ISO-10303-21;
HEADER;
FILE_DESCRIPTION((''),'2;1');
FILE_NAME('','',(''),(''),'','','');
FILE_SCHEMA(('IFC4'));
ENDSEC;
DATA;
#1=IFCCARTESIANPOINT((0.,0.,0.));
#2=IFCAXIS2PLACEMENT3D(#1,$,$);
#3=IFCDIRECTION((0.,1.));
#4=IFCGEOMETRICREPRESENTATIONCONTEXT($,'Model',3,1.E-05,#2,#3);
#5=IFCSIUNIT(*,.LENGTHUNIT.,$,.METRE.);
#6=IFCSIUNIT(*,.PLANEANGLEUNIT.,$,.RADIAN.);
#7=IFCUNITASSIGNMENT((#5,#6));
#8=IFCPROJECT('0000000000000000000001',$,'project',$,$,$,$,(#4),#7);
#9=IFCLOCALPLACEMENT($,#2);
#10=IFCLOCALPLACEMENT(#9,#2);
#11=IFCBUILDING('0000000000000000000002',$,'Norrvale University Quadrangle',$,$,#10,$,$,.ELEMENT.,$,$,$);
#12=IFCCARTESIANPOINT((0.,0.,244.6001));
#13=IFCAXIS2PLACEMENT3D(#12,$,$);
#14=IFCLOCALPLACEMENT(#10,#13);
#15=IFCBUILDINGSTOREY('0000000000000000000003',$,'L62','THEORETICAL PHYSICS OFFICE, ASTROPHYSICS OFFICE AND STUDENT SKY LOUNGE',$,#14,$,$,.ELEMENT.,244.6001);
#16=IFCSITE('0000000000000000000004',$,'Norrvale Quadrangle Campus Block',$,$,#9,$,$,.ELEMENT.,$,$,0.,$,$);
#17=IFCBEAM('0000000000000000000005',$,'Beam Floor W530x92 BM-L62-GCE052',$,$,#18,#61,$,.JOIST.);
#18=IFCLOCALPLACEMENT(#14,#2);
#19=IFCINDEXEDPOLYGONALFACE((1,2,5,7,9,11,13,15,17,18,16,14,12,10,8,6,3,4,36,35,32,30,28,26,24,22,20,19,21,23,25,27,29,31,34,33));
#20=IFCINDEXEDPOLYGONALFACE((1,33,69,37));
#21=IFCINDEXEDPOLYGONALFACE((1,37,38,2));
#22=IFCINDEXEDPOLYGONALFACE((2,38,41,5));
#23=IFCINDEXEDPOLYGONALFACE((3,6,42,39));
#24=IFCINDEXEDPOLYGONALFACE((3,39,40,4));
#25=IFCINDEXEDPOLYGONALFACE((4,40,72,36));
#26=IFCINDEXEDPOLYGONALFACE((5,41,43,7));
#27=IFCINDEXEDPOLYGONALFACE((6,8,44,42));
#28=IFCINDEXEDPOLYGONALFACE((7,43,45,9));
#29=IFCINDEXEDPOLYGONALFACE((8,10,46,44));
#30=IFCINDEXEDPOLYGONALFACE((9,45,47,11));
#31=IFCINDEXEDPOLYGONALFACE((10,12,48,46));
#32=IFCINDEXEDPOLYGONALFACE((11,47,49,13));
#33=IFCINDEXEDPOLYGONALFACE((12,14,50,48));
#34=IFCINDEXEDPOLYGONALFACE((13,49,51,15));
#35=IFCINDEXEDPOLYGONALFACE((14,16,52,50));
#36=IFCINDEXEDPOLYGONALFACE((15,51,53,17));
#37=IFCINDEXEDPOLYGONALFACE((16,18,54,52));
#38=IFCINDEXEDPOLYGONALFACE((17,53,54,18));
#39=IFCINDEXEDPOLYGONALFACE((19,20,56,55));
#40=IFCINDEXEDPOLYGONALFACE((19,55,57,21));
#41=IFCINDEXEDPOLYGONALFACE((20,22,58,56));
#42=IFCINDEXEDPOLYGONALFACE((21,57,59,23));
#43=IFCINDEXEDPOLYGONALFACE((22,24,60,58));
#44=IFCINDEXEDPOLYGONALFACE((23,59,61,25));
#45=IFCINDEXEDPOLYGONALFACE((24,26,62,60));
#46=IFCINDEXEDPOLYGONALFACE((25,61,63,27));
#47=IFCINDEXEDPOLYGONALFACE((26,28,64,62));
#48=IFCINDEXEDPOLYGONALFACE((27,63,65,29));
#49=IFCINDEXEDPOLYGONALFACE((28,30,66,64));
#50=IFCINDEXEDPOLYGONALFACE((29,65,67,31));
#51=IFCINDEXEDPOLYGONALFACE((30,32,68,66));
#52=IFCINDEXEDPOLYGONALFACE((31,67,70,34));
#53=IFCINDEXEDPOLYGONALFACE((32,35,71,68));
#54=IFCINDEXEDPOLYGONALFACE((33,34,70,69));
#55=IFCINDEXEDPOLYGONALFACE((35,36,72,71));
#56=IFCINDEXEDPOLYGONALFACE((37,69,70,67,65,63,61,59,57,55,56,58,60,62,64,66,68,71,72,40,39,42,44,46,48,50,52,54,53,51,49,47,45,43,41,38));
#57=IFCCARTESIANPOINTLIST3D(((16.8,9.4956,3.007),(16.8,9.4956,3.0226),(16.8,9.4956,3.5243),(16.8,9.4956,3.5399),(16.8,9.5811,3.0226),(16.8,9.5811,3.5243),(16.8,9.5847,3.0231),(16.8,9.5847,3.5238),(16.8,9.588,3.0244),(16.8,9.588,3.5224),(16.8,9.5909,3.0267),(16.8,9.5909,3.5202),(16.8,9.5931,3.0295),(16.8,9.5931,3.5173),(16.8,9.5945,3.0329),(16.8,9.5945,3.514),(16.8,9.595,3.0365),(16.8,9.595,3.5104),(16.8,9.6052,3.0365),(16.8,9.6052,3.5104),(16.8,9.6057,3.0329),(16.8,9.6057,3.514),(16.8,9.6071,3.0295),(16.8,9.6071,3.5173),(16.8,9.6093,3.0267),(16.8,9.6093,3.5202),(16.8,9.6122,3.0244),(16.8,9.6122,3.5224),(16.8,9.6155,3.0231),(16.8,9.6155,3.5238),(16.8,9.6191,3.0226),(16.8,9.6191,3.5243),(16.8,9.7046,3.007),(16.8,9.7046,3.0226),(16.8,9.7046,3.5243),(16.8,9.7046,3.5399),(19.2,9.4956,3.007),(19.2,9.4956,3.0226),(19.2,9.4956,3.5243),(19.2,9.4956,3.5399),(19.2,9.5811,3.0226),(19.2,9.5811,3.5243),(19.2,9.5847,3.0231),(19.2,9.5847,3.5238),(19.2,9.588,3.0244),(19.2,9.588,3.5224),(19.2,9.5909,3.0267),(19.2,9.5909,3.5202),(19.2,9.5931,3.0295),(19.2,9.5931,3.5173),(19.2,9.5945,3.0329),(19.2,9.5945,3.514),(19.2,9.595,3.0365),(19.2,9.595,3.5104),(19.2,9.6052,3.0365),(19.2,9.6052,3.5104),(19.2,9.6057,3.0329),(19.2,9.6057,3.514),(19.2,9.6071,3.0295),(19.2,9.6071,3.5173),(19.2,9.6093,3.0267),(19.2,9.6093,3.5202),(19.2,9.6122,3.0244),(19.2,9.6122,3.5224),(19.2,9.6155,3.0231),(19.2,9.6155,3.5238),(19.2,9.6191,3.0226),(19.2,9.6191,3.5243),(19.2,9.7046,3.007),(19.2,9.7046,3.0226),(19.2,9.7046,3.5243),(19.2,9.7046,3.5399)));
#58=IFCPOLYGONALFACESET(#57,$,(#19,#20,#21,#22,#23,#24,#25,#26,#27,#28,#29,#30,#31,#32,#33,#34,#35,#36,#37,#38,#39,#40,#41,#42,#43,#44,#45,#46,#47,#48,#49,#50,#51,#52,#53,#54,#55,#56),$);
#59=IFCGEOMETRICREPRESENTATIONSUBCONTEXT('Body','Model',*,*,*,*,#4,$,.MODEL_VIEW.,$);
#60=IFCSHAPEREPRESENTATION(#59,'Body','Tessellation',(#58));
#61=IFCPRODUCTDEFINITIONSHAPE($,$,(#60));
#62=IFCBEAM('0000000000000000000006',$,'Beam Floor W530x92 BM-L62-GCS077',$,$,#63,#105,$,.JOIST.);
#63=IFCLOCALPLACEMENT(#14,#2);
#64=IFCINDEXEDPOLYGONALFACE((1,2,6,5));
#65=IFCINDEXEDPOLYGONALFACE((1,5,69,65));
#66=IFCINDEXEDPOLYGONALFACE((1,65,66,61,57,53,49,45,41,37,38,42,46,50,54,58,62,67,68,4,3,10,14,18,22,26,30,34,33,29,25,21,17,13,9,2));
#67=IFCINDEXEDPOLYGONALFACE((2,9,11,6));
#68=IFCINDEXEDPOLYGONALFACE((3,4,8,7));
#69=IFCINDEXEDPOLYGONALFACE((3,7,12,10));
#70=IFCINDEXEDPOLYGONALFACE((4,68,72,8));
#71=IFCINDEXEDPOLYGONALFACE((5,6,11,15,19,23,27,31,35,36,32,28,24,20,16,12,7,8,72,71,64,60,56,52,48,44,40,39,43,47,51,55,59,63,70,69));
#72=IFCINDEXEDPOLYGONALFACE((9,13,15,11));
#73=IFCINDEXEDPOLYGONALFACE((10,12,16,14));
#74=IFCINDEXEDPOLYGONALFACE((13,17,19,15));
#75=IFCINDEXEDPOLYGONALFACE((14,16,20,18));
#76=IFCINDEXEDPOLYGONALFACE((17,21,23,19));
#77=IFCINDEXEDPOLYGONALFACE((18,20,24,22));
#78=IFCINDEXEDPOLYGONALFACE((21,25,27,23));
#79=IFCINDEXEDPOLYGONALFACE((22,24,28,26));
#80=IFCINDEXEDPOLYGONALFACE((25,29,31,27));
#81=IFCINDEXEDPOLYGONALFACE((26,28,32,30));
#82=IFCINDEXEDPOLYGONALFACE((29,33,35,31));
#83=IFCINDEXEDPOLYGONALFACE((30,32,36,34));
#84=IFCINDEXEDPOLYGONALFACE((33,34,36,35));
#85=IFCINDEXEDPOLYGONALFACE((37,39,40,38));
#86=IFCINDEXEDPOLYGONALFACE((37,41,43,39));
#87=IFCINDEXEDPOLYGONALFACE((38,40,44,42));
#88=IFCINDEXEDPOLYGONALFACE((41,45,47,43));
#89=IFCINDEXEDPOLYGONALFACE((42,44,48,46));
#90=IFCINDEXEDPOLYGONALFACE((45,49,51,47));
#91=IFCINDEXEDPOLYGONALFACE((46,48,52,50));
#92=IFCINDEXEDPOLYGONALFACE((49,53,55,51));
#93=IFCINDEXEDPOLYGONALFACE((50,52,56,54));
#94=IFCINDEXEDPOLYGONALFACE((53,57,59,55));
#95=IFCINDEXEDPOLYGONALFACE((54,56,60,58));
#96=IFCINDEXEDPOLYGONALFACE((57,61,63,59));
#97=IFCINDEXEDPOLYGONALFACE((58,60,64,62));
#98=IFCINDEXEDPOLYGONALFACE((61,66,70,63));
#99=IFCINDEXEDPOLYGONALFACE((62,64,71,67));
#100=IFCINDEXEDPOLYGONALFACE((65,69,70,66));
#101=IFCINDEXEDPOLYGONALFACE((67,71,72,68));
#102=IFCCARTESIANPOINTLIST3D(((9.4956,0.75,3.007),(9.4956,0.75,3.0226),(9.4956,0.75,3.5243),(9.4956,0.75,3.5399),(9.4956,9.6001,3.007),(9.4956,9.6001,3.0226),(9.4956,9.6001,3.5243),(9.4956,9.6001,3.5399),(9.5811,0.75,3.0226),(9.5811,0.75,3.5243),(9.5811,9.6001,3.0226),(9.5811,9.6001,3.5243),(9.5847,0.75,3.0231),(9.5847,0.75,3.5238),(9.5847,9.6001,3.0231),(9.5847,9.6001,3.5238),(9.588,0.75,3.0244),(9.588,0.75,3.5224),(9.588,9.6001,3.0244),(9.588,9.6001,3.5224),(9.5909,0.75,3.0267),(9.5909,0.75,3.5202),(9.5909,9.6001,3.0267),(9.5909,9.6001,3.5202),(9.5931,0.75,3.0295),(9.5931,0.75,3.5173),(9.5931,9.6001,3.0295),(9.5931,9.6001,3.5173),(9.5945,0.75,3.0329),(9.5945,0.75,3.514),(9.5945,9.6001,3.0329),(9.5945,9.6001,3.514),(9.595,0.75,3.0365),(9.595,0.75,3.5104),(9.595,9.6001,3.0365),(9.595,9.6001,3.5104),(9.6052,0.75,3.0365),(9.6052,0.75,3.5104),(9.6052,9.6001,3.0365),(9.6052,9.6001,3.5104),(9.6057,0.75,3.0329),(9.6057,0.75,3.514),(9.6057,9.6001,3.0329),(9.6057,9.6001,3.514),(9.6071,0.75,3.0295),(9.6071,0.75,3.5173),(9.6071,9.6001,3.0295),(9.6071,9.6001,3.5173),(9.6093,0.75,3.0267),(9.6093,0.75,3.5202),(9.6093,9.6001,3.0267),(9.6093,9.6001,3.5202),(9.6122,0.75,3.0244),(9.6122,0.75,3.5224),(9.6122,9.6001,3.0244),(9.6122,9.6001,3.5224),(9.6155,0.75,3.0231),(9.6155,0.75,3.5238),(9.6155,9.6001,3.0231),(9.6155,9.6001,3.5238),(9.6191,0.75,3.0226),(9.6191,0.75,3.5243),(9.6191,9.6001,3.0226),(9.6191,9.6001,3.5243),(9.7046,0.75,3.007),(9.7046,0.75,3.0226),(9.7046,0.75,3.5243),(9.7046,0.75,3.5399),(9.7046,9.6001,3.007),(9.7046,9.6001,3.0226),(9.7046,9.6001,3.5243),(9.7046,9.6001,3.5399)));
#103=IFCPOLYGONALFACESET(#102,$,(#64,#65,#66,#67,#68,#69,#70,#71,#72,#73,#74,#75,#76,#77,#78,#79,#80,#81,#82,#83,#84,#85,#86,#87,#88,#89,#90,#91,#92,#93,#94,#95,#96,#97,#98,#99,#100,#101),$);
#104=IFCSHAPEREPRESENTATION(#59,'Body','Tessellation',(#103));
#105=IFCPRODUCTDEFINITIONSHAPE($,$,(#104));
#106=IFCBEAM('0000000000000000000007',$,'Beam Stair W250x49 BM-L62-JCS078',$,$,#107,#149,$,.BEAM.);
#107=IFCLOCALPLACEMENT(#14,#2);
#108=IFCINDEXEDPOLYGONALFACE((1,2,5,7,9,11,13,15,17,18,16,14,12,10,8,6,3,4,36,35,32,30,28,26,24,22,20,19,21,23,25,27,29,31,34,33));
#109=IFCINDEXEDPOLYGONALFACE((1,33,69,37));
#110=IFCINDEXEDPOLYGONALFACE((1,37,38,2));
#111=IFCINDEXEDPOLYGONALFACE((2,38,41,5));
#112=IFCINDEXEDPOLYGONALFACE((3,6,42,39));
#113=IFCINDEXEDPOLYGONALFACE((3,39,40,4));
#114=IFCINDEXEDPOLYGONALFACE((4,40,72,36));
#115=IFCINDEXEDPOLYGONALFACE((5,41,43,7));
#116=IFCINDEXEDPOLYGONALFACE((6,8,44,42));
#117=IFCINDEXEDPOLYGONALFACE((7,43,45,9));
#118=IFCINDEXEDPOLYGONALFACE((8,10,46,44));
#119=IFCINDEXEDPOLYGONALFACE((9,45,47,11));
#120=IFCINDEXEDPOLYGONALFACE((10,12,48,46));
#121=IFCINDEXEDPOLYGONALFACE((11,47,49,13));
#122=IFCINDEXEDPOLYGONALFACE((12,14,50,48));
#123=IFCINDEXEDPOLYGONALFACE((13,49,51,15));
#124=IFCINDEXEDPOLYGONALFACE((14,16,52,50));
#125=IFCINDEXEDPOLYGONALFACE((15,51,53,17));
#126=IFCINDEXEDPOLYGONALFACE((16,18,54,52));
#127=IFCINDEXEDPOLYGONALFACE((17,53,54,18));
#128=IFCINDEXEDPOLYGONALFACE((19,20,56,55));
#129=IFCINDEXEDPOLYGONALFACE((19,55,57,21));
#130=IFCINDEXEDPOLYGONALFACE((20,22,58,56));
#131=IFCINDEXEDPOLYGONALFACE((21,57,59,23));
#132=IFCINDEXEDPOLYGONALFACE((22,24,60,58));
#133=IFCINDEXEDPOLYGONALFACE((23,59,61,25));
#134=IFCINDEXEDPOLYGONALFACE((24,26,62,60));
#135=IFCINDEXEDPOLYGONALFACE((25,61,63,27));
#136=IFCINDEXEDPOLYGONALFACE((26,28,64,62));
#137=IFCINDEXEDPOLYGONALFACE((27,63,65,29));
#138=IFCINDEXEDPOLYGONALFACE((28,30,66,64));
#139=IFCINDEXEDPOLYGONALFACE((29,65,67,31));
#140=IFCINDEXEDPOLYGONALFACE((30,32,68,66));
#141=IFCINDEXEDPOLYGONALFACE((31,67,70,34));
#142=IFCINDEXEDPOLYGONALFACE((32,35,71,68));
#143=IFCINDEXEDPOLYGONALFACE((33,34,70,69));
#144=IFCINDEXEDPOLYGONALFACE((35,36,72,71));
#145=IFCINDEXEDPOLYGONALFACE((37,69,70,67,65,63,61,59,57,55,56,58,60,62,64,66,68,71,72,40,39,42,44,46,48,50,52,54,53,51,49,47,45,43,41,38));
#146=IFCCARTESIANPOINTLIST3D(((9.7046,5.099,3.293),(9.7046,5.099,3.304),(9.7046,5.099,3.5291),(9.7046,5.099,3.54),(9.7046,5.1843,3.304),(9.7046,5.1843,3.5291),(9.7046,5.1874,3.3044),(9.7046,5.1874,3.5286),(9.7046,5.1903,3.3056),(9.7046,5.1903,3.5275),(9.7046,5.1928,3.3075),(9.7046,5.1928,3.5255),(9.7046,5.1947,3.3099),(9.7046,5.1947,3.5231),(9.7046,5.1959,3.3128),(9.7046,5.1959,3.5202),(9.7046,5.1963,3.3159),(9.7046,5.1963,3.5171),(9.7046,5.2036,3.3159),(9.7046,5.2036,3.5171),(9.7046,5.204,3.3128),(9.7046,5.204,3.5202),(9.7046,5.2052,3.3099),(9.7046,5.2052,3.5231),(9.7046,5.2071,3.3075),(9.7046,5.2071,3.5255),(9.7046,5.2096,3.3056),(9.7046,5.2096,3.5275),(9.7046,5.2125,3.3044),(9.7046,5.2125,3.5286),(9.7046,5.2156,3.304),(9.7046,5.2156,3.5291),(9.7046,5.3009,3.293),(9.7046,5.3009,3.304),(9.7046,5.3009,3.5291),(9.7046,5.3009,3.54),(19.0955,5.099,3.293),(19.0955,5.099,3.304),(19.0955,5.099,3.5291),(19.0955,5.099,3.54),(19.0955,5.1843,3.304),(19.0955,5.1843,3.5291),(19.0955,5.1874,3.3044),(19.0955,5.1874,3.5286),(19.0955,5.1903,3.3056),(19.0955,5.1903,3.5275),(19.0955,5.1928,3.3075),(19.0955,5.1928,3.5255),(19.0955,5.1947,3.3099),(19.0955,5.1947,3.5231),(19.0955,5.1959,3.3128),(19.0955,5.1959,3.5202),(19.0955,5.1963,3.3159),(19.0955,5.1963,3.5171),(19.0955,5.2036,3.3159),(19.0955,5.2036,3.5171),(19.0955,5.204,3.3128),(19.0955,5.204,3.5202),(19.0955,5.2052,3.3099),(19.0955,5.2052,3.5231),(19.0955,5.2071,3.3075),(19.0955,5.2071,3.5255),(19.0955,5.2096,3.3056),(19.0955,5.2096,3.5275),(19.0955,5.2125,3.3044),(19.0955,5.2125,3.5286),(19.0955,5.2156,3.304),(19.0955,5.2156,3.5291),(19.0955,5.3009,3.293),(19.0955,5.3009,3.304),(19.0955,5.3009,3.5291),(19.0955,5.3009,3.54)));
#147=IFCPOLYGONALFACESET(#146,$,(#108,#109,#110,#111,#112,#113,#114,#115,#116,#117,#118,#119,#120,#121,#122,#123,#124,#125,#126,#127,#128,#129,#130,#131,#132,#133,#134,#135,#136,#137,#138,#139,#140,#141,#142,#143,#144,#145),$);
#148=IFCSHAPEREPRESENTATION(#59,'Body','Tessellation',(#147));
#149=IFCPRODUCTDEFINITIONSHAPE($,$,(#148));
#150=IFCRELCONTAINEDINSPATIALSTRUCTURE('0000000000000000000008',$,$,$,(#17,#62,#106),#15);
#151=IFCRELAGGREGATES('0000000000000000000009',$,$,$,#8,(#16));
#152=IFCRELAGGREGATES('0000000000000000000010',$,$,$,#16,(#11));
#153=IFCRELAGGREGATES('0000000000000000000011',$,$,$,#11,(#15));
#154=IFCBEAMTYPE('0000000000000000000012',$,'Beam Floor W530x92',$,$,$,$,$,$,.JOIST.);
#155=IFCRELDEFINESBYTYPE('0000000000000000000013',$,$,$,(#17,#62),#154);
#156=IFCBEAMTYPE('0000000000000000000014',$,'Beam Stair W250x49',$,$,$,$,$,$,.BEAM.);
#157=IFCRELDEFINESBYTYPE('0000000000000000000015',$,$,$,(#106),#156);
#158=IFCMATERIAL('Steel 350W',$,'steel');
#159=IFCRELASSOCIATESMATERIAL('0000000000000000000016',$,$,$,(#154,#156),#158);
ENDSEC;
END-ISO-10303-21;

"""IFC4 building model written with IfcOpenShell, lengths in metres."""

from ifc_helpers import new_model, si_unit, direction, frame, origin, origin_2d, place, context, subcontext, project, spatial, i_section, extrude, material, material_profile, profile_set, type_object, element, save


model = new_model("IFC4")

# Units and contexts
model_context = context("Model", 3, precision=1e-05, world=origin(), true_north=direction((0.0, 1.0)))
body_context = subcontext(model_context, "Body", "Model", "MODEL_VIEW")
ifc_project = project(units=[si_unit("LENGTHUNIT", "METRE"), si_unit("PLANEANGLEUNIT", "RADIAN")], contexts=[model_context])

# Site, building, storey
site_placement = place(None, origin())
site = spatial("IfcSite", under=ifc_project, at=site_placement, Name="Norrvale Quadrangle Campus Block", CompositionType="ELEMENT", RefElevation=0.0)
building_placement = place(site_placement, origin())
building = spatial("IfcBuilding", under=site, at=building_placement, Name="Norrvale University Quadrangle", CompositionType="ELEMENT")
storey_placement = place(building_placement, frame((0.0, 0.0, 244.6001)))
storey = spatial("IfcBuildingStorey", under=building, at=storey_placement, Name="L62", Description="THEORETICAL PHYSICS OFFICE, ASTROPHYSICS OFFICE AND STUDENT SKY LOUNGE", CompositionType="ELEMENT", Elevation=244.6001)

# Beams
ifc_material_1 = material(Name="Steel 350W", Category="steel")
ifc_material_profile_1 = material_profile(ifc_material_1, i_section(OverallWidth=0.209, OverallDepth=0.533, WebThickness=0.0103, FlangeThickness=0.0156, FilletRadius=0.0139, at=origin_2d()), Name="Steel 350W")
ifc_profile_set_1 = profile_set([ifc_material_profile_1], Name="Steel 350W")
beam_type_1 = type_object("IfcBeamType", Name="Beam Floor W530x92", PredefinedType="JOIST", material=ifc_profile_set_1)
beam_1_placement = place(storey_placement, frame((16.8, 9.6001, 3.2734), z_axis=(1.0, 0.0, 0.0), x_axis=(0.0, 1.0, 0.0)))
element("IfcBeam", 1, at=beam_1_placement, inside=storey, type_object=beam_type_1, Name="Beam Floor W530x92 BM-L62-GCE052", PredefinedType="JOIST", context=body_context, shape_type="SweptSolid", body=[
    extrude(i_section(OverallWidth=0.209, OverallDepth=0.533, WebThickness=0.0103, FlangeThickness=0.0156, FilletRadius=0.0139, at=origin_2d()), origin(), (0.0, 0.0, 1.0), 2.3999),
])
beam_2_placement = place(storey_placement, frame((9.6001, 0.75, 3.2734), z_axis=(0.0, 1.0, 0.0), x_axis=(-1.0, 0.0, 0.0)))
element("IfcBeam", 2, at=beam_2_placement, inside=storey, type_object=beam_type_1, Name="Beam Floor W530x92 BM-L62-GCS077", PredefinedType="JOIST", context=body_context, shape_type="SweptSolid", body=[
    extrude(i_section(OverallWidth=0.209, OverallDepth=0.533, WebThickness=0.0103, FlangeThickness=0.0156, FilletRadius=0.0139, at=origin_2d()), origin(), (0.0, 0.0, 1.0), 8.8501),
])
ifc_material_profile_2 = material_profile(ifc_material_1, i_section(OverallWidth=0.2019, OverallDepth=0.2471, WebThickness=0.0073, FlangeThickness=0.011, FilletRadius=0.012, at=origin_2d()), Name="Steel 350W")
ifc_profile_set_2 = profile_set([ifc_material_profile_2], Name="Steel 350W")
beam_type_2 = type_object("IfcBeamType", Name="Beam Stair W250x49", PredefinedType="BEAM", material=ifc_profile_set_2)
beam_3_placement = place(storey_placement, frame((9.7046, 5.2, 3.4165), z_axis=(1.0, 0.0, 0.0), x_axis=(0.0, 1.0, 0.0)))
element("IfcBeam", 3, at=beam_3_placement, inside=storey, type_object=beam_type_2, Name="Beam Stair W250x49 BM-L62-JCS078", PredefinedType="BEAM", context=body_context, shape_type="SweptSolid", body=[
    extrude(i_section(OverallWidth=0.2019, OverallDepth=0.2471, WebThickness=0.0073, FlangeThickness=0.011, FilletRadius=0.012, at=origin_2d()), origin(), (0.0, 0.0, 1.0), 9.3909),
])

save(model, "model.ifc")
